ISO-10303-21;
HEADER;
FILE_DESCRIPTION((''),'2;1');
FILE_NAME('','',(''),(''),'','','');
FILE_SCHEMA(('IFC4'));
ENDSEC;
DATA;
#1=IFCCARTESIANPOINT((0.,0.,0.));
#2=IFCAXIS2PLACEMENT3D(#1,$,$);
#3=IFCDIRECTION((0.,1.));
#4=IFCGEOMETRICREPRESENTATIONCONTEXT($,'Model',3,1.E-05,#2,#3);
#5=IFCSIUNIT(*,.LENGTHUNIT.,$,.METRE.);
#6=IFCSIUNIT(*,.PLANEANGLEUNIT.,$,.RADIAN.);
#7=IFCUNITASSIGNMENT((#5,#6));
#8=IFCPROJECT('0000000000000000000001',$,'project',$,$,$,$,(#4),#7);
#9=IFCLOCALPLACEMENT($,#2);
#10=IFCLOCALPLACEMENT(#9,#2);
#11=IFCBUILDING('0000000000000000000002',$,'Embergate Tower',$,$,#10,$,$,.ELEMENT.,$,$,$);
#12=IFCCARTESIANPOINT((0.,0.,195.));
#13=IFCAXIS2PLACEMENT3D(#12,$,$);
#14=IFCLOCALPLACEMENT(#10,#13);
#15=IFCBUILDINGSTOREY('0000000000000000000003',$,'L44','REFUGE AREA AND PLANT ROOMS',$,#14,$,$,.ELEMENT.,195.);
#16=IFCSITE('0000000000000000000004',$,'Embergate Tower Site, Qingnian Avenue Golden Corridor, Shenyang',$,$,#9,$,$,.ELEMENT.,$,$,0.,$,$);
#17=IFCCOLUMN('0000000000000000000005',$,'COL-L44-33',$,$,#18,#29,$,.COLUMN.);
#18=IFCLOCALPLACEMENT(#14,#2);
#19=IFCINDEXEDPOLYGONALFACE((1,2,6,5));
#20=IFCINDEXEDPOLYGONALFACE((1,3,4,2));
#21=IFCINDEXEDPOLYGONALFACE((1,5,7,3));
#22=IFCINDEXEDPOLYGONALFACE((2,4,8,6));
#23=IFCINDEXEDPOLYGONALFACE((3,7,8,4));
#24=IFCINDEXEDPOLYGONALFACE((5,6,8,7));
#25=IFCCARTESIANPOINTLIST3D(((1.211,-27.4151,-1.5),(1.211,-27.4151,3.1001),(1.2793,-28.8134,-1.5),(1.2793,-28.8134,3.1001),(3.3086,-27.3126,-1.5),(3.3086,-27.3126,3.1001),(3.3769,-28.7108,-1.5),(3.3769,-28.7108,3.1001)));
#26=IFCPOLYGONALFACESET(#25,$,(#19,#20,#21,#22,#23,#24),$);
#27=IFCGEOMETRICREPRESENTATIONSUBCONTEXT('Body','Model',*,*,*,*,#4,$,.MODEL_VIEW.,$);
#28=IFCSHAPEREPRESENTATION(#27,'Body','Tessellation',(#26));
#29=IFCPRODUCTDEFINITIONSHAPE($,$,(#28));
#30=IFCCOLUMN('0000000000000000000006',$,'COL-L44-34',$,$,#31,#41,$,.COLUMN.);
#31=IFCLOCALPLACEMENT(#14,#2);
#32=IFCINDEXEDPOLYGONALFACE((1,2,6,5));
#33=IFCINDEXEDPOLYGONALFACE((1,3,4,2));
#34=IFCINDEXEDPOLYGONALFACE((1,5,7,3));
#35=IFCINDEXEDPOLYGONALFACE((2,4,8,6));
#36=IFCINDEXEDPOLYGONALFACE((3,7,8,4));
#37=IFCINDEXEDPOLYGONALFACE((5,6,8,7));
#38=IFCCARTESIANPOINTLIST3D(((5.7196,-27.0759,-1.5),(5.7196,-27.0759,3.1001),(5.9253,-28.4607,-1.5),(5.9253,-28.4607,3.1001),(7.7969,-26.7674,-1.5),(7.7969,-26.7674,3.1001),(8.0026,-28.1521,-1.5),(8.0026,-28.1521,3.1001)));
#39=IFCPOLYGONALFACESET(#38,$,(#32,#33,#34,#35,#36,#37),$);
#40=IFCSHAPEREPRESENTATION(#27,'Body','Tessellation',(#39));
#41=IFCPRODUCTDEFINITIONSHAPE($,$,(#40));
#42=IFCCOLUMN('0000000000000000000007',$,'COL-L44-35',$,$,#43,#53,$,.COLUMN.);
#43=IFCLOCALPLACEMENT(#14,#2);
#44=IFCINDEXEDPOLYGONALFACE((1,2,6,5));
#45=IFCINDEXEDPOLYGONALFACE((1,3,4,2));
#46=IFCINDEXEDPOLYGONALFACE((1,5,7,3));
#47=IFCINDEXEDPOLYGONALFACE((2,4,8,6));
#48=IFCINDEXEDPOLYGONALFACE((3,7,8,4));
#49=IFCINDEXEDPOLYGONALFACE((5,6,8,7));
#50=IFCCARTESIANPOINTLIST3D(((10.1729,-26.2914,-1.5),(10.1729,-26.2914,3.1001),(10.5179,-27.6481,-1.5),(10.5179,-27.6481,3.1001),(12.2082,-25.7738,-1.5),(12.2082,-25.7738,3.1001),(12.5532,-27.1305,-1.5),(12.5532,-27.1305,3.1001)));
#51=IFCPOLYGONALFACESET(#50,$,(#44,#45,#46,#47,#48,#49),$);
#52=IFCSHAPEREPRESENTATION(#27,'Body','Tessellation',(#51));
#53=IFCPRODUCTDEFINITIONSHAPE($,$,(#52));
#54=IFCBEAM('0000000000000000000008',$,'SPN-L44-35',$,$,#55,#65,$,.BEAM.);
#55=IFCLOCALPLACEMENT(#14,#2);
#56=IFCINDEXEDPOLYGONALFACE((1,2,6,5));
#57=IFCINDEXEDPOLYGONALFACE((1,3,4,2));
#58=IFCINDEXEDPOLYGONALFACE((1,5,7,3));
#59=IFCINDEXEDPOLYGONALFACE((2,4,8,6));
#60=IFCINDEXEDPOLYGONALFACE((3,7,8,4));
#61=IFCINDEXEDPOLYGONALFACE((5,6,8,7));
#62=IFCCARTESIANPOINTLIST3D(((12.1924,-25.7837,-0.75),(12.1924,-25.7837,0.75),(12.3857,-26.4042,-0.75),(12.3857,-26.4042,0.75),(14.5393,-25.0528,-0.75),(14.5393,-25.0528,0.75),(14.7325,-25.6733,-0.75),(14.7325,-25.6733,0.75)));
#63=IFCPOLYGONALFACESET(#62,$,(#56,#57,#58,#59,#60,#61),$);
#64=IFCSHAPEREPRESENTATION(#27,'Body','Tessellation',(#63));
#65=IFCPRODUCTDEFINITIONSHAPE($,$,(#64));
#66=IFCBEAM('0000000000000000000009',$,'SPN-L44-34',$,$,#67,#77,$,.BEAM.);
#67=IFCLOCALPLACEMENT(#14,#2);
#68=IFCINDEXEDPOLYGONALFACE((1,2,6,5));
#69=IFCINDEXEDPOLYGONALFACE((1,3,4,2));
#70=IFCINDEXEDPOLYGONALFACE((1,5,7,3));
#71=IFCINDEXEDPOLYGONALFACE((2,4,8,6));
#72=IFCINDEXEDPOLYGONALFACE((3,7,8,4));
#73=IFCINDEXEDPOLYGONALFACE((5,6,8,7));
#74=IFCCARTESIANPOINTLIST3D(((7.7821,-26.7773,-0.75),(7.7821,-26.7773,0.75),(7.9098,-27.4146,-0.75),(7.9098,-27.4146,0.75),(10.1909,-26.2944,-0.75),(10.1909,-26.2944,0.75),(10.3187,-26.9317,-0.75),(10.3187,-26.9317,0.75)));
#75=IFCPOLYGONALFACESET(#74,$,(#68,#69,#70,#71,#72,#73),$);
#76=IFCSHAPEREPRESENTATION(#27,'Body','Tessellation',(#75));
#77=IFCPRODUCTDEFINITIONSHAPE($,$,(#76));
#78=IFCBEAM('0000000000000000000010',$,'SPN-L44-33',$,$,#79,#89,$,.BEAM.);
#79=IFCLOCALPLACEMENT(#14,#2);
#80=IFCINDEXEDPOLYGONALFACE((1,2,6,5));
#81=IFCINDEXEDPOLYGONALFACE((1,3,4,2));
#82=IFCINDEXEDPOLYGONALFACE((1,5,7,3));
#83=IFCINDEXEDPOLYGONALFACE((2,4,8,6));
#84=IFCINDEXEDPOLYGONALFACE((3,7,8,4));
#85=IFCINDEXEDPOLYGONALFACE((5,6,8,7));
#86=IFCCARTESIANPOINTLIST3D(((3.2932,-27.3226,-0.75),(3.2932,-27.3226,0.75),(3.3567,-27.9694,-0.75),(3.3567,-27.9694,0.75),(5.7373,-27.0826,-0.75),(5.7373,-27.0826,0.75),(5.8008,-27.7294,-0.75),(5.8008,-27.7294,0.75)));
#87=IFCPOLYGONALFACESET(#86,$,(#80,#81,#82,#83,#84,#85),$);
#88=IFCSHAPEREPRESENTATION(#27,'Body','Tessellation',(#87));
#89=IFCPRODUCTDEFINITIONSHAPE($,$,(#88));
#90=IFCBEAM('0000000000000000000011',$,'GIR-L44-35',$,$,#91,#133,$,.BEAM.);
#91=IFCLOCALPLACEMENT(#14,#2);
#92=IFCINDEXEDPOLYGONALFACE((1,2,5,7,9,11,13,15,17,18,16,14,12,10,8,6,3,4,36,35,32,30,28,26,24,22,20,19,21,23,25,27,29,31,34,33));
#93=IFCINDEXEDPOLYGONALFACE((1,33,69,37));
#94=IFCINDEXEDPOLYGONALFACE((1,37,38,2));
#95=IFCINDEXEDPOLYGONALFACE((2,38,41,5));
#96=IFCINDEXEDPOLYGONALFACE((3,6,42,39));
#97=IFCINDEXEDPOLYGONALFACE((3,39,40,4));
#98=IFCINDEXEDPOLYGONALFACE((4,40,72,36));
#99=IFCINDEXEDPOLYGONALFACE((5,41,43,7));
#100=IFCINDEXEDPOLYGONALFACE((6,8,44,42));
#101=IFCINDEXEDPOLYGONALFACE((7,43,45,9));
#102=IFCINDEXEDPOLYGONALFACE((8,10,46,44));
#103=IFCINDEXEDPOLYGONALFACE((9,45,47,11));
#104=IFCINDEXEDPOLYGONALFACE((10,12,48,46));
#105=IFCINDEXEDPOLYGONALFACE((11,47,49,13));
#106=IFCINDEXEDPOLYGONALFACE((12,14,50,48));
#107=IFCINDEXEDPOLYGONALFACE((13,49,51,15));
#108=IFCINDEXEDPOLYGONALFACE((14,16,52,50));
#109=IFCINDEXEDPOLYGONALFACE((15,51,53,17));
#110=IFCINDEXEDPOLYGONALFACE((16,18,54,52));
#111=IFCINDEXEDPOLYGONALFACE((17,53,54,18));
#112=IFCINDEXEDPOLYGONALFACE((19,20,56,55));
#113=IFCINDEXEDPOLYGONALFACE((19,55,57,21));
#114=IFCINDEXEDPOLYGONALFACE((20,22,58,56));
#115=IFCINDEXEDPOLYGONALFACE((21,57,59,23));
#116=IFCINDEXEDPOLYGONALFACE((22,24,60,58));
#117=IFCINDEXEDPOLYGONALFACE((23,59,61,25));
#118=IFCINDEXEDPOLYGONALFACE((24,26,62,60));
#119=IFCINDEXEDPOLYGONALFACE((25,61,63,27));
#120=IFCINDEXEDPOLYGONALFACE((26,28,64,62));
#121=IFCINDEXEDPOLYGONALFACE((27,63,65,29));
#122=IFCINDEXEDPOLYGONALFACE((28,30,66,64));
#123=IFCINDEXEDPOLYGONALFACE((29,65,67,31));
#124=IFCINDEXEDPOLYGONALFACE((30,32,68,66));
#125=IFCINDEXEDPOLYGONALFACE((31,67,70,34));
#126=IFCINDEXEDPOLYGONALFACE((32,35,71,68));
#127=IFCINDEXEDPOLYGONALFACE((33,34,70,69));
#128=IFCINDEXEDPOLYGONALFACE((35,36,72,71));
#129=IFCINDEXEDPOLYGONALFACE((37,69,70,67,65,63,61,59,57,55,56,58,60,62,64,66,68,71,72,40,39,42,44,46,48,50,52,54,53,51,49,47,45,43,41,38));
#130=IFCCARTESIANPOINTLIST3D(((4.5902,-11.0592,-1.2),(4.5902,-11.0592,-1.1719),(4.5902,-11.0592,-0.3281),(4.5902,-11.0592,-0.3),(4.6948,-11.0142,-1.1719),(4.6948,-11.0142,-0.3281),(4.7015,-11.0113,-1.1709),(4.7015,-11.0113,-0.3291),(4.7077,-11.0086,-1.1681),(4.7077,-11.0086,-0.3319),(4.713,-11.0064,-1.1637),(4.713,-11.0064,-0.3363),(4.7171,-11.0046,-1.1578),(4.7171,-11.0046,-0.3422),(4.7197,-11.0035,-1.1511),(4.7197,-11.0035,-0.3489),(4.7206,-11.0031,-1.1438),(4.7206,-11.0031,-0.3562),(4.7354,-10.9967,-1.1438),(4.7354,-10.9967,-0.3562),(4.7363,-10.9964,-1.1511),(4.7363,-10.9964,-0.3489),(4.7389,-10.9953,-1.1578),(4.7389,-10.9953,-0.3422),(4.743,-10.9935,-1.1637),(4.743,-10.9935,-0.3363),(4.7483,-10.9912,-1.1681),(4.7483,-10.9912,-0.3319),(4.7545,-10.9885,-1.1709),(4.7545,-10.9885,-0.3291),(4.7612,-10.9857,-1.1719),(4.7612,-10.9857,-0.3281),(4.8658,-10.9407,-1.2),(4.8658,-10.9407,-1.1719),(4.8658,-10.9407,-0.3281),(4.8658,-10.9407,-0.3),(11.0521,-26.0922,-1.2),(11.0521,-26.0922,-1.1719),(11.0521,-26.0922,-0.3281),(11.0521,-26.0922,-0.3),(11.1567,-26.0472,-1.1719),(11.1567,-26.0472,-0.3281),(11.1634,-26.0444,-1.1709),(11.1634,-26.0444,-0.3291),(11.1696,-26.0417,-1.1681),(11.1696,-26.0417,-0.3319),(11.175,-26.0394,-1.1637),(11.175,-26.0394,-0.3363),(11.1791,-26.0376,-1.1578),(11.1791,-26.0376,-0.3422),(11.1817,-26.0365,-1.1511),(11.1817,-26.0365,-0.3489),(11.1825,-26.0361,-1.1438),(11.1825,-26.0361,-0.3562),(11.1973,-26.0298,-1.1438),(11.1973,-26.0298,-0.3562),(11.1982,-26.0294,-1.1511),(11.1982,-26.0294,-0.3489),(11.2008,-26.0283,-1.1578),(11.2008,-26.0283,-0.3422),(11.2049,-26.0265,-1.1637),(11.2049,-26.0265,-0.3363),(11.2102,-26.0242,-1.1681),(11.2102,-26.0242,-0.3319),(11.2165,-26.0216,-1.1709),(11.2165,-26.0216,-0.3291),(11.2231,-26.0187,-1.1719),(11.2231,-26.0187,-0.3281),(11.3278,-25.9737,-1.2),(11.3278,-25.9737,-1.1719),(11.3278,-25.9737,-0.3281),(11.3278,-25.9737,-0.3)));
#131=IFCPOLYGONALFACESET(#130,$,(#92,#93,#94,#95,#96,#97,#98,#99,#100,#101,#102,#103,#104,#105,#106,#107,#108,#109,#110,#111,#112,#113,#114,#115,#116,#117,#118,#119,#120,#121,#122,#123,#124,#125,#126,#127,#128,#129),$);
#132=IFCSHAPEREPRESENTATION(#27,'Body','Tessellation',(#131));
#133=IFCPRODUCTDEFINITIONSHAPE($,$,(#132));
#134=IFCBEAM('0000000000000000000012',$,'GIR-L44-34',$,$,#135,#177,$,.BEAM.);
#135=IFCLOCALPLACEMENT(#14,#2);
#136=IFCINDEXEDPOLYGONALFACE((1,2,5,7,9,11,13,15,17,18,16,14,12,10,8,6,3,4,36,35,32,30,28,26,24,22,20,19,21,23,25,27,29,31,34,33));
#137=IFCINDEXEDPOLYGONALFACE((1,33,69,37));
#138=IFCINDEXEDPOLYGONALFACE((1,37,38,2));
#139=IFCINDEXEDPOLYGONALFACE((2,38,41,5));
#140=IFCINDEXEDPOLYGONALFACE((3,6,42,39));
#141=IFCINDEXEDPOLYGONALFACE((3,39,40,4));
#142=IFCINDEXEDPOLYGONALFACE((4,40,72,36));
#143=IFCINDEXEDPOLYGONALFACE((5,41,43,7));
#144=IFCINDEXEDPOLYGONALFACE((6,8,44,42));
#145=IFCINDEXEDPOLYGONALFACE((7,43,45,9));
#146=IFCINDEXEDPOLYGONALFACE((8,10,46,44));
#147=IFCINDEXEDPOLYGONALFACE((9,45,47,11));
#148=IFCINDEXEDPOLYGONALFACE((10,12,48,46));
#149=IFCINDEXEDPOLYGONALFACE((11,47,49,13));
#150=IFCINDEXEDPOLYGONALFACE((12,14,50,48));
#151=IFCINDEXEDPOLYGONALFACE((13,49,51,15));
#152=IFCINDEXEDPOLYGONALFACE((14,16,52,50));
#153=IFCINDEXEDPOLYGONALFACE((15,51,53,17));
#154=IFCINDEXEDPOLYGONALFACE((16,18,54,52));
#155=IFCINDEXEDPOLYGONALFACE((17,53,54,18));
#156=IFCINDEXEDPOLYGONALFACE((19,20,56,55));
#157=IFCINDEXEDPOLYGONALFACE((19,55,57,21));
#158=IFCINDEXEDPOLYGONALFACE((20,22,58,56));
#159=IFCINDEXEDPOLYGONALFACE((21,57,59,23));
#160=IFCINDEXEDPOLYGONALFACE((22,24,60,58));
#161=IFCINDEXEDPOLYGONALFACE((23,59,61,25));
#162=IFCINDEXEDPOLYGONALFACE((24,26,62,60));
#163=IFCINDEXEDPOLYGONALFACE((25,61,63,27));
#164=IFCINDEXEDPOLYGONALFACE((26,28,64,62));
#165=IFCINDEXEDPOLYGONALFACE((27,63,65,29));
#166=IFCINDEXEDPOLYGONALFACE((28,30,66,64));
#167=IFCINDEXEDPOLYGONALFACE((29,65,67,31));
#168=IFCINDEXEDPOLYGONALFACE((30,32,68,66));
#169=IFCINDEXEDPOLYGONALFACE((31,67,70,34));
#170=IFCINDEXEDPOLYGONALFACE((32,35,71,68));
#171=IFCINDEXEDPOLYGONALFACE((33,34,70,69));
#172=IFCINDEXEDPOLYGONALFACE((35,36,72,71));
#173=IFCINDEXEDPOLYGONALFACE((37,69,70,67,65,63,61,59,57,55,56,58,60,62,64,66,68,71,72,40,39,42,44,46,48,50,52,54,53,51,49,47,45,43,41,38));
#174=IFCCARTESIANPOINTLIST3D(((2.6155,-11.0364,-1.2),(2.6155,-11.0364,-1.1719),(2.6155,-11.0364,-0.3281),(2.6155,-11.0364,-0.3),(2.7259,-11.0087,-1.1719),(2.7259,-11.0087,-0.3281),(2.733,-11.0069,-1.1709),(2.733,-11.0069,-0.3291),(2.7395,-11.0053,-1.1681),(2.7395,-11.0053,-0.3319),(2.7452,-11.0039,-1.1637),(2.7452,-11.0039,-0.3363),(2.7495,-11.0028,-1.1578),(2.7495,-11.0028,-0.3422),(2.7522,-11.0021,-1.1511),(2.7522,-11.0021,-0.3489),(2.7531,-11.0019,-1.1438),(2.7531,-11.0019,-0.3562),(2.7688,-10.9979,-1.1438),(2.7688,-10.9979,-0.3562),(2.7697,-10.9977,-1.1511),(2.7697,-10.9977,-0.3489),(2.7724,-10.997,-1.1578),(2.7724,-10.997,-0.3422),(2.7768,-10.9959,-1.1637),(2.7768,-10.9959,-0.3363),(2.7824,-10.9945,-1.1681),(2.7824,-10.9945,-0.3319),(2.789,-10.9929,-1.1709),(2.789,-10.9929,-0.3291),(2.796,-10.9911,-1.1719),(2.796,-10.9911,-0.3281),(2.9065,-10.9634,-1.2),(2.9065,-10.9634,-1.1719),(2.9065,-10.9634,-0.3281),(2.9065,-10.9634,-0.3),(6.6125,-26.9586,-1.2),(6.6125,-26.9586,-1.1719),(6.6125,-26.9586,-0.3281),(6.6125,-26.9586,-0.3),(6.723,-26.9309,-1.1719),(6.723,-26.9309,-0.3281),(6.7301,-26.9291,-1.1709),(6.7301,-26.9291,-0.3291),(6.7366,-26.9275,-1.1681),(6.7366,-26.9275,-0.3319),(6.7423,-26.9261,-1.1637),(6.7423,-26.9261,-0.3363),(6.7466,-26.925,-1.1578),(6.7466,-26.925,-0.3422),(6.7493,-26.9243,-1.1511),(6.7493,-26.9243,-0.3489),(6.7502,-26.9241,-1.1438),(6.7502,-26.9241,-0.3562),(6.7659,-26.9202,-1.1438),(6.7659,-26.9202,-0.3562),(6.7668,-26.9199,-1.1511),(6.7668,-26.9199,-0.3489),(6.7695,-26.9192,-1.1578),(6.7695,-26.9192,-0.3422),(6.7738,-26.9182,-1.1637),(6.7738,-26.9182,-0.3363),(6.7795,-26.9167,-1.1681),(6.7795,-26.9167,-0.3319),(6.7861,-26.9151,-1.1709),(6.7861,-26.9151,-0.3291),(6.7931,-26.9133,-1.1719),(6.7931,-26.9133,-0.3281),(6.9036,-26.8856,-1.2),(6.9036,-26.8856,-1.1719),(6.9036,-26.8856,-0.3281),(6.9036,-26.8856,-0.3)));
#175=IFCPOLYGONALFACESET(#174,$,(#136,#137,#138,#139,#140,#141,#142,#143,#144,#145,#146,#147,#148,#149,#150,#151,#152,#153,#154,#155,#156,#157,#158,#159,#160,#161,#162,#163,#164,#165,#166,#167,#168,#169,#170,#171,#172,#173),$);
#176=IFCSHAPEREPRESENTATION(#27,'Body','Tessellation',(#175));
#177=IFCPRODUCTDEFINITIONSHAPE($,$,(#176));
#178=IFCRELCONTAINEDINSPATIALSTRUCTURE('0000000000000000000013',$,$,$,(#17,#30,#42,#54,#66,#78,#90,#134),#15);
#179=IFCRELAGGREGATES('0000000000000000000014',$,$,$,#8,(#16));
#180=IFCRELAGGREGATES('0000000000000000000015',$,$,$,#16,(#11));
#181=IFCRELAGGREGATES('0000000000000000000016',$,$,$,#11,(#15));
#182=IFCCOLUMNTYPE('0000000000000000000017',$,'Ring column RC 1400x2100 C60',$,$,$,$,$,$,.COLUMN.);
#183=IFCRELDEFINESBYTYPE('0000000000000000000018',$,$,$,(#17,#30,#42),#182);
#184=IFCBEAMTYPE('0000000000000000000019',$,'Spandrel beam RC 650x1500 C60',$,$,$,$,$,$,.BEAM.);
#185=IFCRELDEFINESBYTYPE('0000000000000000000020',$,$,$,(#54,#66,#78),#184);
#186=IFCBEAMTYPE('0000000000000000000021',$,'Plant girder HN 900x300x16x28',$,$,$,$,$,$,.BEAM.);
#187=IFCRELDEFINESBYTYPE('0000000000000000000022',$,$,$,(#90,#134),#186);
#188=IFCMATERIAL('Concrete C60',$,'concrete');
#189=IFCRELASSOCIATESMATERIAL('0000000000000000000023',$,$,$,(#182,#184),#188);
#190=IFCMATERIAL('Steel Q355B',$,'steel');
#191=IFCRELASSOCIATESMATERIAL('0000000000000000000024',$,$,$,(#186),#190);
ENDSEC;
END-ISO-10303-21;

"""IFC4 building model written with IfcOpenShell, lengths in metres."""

from ifc_helpers import new_model, si_unit, direction, frame, origin, origin_2d, place, context, subcontext, project, spatial, rectangle, i_section, extrude, source, transform, mapped, material, material_profile, profile_set, type_object, element, save


model = new_model("IFC4")

# Units and contexts
model_context = context("Model", 3, precision=1e-05, world=origin(), true_north=direction((0.0, 1.0)))
body_context = subcontext(model_context, "Body", "Model", "MODEL_VIEW")
ifc_project = project(units=[si_unit("LENGTHUNIT", "METRE"), si_unit("PLANEANGLEUNIT", "RADIAN")], contexts=[model_context])

# Site, building, storey
site_placement = place(None, origin())
site = spatial("IfcSite", under=ifc_project, at=site_placement, Name="Embergate Tower Site, Qingnian Avenue Golden Corridor, Shenyang", CompositionType="ELEMENT", RefElevation=0.0)
building_placement = place(site_placement, origin())
building = spatial("IfcBuilding", under=site, at=building_placement, Name="Embergate Tower", CompositionType="ELEMENT")
storey_placement = place(building_placement, frame((0.0, 0.0, 195.0)))
storey = spatial("IfcBuildingStorey", under=building, at=storey_placement, Name="L44", Description="REFUGE AREA AND PLANT ROOMS", CompositionType="ELEMENT", Elevation=195.0)

# Columns
ifc_material_1 = material(Name="Concrete C60", Category="concrete")
ifc_material_profile_1 = material_profile(ifc_material_1, rectangle(XDim=1.3999, YDim=2.1001, at=origin_2d()), Name="RC 1400x2100")
ifc_profile_set_1 = profile_set([ifc_material_profile_1], Name="Concrete C60")
column_type = type_object("IfcColumnType", Name="Ring column RC 1400x2100 C60", PredefinedType="COLUMN", material=ifc_profile_set_1)
shared_shape_1 = source(origin(), body_context, "Body", "SweptSolid", [
    extrude(rectangle(XDim=1.3999, YDim=2.1001, at=origin_2d()), origin(), (0.0, 0.0, 1.0), 4.6001),
])
for number, where, z_axis, x_axis, name in (
    (1, (2.2939, -28.063, -1.5), (0.0, 0.0, 1.0), (0.048815, -0.998808, 0.0), "COL-L44-33"),
    (2, (6.8611, -27.614, -1.5), (0.0, 0.0, 1.0), (0.146929, -0.989147, 0.0), "COL-L44-34"),
    (3, (11.363, -26.7109, -1.5), (0.0, 0.0, 1.0), (0.246492, -0.969145, 0.0), "COL-L44-35"),
):
    element("IfcColumn", number, at=place(storey_placement, frame(where, z_axis=z_axis, x_axis=x_axis)), inside=storey, type_object=column_type, Name=name, PredefinedType="COLUMN", context=body_context, shape_type="MappedRepresentation", body=[
        mapped(shared_shape_1, transform((0.0, 0.0, 0.0))),
    ])

# Beams
ifc_material_profile_2 = material_profile(ifc_material_1, rectangle(XDim=0.6499, YDim=1.5, at=origin_2d()), Name="RC 650x1500")
ifc_profile_set_2 = profile_set([ifc_material_profile_2], Name="Concrete C60")
beam_type_1 = type_object("IfcBeamType", Name="Spandrel beam RC 650x1500 C60", PredefinedType="BEAM", material=ifc_profile_set_2)
shared_shape_2 = source(origin(), body_context, "Body", "SweptSolid", [
    extrude(rectangle(XDim=0.6499, YDim=1.5, at=origin_2d()), origin(), (0.0, 0.0, 1.0), 2.458),
])
beam_1_placement = place(storey_placement, frame((12.2891, -26.094, 0.0), z_axis=(0.954764, 0.297364, 0.0), x_axis=(-0.297364, 0.954764, 0.0)))
element("IfcBeam", 4, at=beam_1_placement, inside=storey, type_object=beam_type_1, Name="SPN-L44-35", PredefinedType="BEAM", context=body_context, shape_type="MappedRepresentation", body=[
    mapped(shared_shape_2, transform((0.0, 0.0, 0.0))),
])
shared_shape_3 = source(origin(), body_context, "Body", "SweptSolid", [
    extrude(rectangle(XDim=0.6499, YDim=1.5, at=origin_2d()), origin(), (0.0, 0.0, 1.0), 2.4568),
])
beam_2_placement = place(storey_placement, frame((7.8459, -27.0959, 0.0), z_axis=(0.980493, 0.196556, 0.0), x_axis=(-0.196556, 0.980493, 0.0)))
element("IfcBeam", 5, at=beam_2_placement, inside=storey, type_object=beam_type_1, Name="SPN-L44-34", PredefinedType="BEAM", context=body_context, shape_type="MappedRepresentation", body=[
    mapped(shared_shape_3, transform((0.0, 0.0, 0.0))),
])
shared_shape_4 = source(origin(), body_context, "Body", "SweptSolid", [
    extrude(rectangle(XDim=0.6499, YDim=1.5, at=origin_2d()), origin(), (0.0, 0.0, 1.0), 2.4558),
])
beam_3_placement = place(storey_placement, frame((3.325, -27.646, 0.0), z_axis=(0.995214, 0.097722, 0.0), x_axis=(-0.097722, 0.995214, 0.0)))
element("IfcBeam", 6, at=beam_3_placement, inside=storey, type_object=beam_type_1, Name="SPN-L44-33", PredefinedType="BEAM", context=body_context, shape_type="MappedRepresentation", body=[
    mapped(shared_shape_4, transform((0.0, 0.0, 0.0))),
])
ifc_material_2 = material(Name="Steel Q355B", Category="steel")
ifc_material_profile_3 = material_profile(ifc_material_2, i_section(OverallWidth=0.3, OverallDepth=0.8999, WebThickness=0.0161, FlangeThickness=0.0281, FilletRadius=0.0281, at=origin_2d()), Name="HN 900x300x16x28")
ifc_profile_set_3 = profile_set([ifc_material_profile_3], Name="Steel Q355 grade B")
beam_type_2 = type_object("IfcBeamType", Name="Plant girder HN 900x300x16x28", PredefinedType="BEAM", material=ifc_profile_set_3)
shared_shape_5 = source(origin(), body_context, "Body", "SweptSolid", [
    extrude(i_section(OverallWidth=0.3, OverallDepth=0.8999, WebThickness=0.0161, FlangeThickness=0.0281, FilletRadius=0.0281, at=origin_2d()), origin(), (0.0, 0.0, 1.0), 16.363),
])
beam_4_placement = place(storey_placement, frame((11.1899, -26.033, -0.75), z_axis=(-0.394911, 0.918719, 0.0), x_axis=(-0.918719, -0.394911, 0.0)))
element("IfcBeam", 7, at=beam_4_placement, inside=storey, type_object=beam_type_2, Name="GIR-L44-35", PredefinedType="BEAM", context=body_context, shape_type="MappedRepresentation", body=[
    mapped(shared_shape_5, transform((0.0, 0.0, 0.0))),
])
shared_shape_6 = source(origin(), body_context, "Body", "SweptSolid", [
    extrude(i_section(OverallWidth=0.3, OverallDepth=0.8999, WebThickness=0.0161, FlangeThickness=0.0281, FilletRadius=0.0281, at=origin_2d()), origin(), (0.0, 0.0, 1.0), 16.4163),
])
beam_5_placement = place(storey_placement, frame((6.7581, -26.9221, -0.75), z_axis=(-0.243484, 0.969905, 0.0), x_axis=(-0.969905, -0.243484, 0.0)))
element("IfcBeam", 8, at=beam_5_placement, inside=storey, type_object=beam_type_2, Name="GIR-L44-34", PredefinedType="BEAM", context=body_context, shape_type="MappedRepresentation", body=[
    mapped(shared_shape_6, transform((0.0, 0.0, 0.0))),
])

save(model, "model.ifc")
